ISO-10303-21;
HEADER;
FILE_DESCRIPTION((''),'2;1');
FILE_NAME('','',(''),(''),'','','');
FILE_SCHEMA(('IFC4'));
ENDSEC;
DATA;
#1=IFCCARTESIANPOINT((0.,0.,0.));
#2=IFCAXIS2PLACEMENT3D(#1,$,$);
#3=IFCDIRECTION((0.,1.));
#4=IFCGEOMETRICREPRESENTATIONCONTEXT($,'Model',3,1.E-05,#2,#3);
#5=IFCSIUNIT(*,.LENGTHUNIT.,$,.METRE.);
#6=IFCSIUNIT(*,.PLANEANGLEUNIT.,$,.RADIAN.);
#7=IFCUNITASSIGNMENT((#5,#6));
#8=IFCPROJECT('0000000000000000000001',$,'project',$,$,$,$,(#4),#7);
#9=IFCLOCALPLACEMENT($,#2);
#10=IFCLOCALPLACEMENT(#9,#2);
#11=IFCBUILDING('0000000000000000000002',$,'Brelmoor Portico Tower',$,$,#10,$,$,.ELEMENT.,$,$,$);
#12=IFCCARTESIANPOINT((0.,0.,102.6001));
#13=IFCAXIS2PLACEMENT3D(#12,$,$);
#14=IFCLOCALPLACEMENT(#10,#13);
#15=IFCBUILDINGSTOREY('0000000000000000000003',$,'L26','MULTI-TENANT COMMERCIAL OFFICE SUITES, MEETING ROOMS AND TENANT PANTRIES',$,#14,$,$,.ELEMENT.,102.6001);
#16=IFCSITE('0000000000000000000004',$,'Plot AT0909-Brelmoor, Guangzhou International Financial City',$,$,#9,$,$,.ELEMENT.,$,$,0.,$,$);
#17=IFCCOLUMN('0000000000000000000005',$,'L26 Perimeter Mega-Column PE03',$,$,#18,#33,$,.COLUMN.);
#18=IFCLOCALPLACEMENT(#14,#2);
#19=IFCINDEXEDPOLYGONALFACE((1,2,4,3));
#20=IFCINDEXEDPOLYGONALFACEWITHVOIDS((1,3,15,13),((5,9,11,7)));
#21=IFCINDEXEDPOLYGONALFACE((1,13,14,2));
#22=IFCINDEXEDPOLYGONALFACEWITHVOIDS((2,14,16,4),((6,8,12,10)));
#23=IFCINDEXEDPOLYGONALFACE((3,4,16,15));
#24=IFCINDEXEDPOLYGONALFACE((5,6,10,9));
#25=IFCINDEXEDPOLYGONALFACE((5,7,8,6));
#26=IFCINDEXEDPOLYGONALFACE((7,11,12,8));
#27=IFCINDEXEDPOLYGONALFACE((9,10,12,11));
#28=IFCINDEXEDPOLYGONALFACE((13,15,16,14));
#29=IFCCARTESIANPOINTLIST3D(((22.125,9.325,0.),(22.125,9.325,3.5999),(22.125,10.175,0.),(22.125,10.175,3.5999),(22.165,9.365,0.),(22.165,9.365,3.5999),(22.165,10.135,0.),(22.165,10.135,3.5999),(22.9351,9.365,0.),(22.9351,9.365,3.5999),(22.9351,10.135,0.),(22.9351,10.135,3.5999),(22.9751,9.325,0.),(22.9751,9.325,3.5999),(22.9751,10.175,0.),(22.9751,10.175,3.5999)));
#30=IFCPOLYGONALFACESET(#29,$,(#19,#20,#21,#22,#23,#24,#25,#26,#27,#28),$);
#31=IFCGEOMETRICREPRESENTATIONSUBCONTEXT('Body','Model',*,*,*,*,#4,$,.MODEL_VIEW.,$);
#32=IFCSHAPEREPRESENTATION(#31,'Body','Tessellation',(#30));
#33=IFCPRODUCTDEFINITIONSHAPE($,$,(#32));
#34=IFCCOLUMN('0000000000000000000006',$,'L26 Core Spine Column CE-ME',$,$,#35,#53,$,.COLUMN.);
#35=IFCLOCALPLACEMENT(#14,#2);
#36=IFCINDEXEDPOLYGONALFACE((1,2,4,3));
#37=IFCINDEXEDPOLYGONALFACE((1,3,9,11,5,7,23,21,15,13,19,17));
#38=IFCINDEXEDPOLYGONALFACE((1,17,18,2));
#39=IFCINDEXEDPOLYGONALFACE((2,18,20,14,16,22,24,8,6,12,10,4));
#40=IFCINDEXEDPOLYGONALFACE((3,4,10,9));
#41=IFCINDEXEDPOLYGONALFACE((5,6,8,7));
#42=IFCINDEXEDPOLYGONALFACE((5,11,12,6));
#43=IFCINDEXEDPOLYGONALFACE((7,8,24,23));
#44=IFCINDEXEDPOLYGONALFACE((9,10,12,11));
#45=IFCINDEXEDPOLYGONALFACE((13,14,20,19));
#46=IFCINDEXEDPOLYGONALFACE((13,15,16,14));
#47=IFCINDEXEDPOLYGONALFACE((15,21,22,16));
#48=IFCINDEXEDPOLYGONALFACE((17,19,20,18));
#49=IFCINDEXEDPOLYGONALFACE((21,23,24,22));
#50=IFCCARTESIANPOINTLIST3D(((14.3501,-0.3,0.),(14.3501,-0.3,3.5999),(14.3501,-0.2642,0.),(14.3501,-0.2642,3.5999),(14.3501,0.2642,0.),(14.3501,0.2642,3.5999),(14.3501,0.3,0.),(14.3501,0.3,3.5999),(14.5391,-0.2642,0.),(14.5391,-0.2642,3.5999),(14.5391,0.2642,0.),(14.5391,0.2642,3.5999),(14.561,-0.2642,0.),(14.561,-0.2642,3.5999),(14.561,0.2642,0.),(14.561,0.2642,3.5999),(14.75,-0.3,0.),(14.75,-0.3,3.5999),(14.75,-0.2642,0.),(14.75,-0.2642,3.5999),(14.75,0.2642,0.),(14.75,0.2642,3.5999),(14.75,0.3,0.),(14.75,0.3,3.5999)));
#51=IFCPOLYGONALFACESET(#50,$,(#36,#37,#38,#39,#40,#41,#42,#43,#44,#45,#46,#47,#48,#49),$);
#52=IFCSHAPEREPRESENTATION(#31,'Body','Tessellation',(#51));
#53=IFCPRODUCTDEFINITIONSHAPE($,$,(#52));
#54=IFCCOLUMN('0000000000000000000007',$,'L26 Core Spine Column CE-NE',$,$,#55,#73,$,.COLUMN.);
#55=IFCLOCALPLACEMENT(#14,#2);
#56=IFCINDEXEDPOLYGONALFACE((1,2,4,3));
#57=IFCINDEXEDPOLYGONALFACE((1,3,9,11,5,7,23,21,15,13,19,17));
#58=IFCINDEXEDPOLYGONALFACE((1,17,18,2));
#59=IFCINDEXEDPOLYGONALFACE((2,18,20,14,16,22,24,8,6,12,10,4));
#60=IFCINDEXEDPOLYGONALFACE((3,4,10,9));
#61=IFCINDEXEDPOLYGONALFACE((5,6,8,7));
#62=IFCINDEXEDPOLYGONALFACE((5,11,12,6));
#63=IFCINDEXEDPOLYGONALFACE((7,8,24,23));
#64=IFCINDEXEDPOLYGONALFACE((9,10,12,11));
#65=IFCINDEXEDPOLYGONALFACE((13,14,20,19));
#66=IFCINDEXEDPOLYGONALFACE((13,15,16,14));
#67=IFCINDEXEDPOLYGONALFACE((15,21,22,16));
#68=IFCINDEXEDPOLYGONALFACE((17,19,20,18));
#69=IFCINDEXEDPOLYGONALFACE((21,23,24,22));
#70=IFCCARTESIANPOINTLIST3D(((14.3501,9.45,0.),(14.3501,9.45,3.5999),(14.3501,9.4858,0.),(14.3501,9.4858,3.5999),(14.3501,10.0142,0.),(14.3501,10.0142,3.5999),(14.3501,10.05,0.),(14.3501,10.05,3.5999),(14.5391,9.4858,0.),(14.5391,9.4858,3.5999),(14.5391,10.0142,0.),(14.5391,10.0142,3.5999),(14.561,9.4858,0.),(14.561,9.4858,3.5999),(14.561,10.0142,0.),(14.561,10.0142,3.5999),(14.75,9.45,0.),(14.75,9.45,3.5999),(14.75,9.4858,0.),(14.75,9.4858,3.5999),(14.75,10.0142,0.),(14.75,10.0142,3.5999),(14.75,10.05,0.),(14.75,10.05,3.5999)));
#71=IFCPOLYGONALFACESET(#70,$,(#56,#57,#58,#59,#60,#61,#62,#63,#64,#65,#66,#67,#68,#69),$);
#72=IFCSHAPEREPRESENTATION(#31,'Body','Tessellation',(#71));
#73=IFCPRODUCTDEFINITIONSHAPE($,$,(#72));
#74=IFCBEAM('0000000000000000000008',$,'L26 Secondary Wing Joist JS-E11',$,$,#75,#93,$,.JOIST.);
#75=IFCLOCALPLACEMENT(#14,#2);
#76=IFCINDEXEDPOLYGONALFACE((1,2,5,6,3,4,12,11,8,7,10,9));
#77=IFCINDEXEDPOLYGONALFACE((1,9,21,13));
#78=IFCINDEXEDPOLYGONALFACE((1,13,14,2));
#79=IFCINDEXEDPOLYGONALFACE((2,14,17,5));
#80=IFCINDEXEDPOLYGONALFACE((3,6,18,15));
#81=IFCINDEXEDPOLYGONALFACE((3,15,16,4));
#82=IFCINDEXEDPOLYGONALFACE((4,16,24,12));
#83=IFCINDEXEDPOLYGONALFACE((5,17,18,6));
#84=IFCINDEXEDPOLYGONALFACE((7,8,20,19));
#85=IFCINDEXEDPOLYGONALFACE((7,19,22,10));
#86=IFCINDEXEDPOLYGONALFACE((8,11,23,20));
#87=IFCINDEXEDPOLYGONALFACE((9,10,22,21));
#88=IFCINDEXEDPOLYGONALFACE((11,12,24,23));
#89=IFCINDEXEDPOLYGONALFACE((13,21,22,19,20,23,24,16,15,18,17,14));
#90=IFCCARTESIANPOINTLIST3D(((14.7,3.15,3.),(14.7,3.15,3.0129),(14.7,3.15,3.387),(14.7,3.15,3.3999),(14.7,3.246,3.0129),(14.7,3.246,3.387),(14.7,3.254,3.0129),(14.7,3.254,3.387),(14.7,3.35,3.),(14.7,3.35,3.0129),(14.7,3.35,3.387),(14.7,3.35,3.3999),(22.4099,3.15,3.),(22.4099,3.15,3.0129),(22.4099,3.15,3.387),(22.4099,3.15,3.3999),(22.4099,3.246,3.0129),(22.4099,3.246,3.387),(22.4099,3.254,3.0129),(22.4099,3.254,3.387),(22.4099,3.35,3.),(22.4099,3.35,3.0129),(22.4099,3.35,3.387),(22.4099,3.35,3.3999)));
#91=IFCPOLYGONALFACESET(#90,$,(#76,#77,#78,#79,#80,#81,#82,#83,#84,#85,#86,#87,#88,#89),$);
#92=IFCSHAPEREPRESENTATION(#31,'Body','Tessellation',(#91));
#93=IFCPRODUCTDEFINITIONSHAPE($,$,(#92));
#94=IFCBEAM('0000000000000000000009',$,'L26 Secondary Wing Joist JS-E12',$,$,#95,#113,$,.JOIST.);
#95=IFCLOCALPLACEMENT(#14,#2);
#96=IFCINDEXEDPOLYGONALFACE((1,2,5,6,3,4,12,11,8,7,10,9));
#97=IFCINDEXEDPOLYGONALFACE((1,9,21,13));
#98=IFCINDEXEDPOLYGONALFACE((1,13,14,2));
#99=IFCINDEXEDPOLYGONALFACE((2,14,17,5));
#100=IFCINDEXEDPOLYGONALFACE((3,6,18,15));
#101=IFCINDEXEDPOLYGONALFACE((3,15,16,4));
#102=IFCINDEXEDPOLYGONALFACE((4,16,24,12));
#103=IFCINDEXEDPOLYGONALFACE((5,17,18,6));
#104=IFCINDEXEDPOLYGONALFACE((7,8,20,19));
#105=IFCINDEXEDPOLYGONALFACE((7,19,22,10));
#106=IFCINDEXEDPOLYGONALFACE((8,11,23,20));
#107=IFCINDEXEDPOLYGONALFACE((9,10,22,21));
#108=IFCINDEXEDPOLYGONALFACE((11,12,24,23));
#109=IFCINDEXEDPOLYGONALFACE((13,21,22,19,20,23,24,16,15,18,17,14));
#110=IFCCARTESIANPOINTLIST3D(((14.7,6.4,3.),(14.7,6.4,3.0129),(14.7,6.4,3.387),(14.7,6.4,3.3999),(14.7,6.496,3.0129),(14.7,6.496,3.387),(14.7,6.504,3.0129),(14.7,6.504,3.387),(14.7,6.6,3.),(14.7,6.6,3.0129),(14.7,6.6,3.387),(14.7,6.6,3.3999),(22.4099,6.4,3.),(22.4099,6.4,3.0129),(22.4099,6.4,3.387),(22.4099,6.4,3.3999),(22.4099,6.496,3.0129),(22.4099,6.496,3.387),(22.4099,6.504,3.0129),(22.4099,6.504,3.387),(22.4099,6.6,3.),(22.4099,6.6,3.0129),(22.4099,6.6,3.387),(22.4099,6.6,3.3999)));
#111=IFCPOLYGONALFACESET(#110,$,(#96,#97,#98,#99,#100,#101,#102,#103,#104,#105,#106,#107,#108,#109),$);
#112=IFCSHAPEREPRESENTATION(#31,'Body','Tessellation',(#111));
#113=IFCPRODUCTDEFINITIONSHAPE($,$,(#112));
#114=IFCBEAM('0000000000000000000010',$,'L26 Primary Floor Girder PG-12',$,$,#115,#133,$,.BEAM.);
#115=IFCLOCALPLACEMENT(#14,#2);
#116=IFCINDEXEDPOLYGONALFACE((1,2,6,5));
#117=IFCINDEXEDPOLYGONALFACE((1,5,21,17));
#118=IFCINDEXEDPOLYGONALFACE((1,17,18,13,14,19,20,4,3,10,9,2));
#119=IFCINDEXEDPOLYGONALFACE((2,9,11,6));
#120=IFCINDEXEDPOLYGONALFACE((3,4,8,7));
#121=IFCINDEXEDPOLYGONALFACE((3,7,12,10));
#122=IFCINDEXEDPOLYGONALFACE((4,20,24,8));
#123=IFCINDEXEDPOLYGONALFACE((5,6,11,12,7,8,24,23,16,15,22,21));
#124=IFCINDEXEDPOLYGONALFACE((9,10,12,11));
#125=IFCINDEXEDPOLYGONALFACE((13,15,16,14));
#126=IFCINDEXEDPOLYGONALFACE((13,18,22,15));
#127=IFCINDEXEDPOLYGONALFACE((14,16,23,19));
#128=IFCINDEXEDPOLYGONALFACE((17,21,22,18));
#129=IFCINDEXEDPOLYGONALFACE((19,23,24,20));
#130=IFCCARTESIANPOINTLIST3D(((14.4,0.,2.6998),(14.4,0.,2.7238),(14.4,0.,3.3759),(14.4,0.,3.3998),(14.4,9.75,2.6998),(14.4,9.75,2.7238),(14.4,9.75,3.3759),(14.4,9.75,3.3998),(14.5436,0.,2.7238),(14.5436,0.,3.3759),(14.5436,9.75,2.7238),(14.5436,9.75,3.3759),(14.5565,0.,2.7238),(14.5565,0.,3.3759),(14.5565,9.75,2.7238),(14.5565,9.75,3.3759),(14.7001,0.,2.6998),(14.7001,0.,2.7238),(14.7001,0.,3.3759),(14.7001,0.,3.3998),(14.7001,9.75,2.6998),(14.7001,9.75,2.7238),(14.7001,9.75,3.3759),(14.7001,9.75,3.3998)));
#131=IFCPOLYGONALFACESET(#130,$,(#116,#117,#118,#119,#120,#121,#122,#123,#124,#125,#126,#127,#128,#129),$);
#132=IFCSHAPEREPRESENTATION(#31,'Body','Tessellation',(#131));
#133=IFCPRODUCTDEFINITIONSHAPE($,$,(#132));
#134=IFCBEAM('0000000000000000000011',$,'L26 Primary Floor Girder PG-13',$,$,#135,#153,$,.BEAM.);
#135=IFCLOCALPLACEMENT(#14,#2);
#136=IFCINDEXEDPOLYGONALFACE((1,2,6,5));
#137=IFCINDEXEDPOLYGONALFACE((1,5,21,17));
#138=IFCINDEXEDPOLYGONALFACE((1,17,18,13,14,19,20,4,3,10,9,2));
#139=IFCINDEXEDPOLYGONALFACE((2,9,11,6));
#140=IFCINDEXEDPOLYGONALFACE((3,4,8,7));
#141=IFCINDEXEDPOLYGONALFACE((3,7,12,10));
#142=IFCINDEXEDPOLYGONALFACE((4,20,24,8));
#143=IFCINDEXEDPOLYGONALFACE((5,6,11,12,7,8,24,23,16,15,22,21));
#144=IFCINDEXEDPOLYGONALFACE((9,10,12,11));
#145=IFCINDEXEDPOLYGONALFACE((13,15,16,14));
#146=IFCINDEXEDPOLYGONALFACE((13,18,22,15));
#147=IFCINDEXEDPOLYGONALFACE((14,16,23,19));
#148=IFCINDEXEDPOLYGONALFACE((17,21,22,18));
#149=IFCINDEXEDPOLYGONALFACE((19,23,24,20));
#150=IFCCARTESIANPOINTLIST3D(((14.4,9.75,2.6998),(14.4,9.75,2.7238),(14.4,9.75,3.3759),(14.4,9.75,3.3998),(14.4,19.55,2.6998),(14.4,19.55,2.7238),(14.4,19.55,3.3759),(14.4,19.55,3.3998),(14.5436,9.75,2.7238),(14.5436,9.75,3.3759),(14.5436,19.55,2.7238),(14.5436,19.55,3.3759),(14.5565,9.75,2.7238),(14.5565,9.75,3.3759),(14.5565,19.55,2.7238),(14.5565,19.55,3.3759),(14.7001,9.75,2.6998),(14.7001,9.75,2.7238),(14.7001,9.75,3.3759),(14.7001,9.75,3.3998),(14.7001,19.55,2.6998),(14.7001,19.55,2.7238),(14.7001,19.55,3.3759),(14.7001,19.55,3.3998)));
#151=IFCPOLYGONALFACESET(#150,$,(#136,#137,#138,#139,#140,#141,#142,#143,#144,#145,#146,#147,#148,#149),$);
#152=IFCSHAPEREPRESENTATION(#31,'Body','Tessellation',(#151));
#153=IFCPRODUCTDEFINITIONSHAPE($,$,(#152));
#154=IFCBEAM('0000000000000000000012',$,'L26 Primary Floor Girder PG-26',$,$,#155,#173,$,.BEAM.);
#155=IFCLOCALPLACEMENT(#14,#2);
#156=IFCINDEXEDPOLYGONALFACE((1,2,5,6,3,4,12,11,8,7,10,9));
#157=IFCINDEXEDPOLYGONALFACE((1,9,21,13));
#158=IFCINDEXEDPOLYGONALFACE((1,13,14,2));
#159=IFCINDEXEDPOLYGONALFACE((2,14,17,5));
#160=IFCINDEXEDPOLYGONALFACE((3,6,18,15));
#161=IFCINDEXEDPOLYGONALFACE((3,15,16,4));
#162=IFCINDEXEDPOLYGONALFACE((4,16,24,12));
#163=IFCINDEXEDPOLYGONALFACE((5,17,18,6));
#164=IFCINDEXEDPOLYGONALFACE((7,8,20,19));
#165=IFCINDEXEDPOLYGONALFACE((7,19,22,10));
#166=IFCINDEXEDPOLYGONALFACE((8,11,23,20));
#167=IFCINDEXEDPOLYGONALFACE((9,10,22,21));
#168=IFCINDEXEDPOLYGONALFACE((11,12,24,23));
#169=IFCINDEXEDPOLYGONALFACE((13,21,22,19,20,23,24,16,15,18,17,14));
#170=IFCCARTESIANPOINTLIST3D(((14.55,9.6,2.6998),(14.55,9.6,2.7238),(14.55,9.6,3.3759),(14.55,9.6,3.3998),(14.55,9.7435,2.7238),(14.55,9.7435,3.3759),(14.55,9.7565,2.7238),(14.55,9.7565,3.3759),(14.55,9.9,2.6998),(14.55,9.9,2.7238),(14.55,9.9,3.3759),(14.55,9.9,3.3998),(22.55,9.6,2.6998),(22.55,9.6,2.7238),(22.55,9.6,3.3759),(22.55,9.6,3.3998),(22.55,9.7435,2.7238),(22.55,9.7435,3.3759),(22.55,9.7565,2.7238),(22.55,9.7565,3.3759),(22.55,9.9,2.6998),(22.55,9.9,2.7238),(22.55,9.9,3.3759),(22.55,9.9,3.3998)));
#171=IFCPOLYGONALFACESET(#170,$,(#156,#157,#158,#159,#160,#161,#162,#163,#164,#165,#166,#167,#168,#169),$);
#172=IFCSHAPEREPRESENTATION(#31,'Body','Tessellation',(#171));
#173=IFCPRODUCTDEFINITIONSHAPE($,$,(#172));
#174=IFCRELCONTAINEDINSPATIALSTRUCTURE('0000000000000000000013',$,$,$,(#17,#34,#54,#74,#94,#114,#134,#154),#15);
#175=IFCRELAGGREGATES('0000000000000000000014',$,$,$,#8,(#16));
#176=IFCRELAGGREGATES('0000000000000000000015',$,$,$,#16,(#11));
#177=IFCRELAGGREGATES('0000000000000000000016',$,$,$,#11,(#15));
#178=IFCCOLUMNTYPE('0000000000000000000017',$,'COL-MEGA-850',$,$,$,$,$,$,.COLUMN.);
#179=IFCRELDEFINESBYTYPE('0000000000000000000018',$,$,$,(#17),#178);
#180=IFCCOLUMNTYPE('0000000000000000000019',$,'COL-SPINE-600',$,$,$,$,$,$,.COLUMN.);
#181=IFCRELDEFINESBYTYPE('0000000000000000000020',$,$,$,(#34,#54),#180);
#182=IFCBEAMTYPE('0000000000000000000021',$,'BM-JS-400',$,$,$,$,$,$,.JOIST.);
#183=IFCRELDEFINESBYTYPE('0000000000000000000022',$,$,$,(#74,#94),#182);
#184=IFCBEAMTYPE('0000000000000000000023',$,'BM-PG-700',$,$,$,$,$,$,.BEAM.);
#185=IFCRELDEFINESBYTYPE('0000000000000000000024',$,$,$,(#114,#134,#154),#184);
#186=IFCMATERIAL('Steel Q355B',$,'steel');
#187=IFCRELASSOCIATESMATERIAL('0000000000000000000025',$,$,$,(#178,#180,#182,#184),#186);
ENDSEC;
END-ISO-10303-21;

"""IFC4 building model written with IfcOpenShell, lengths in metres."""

from ifc_helpers import new_model, si_unit, direction, frame, origin, origin_2d, place, context, subcontext, project, spatial, hollow_rectangle, i_section, extrude, material, material_profile, profile_set, type_object, element, save


model = new_model("IFC4")

# Units and contexts
model_context = context("Model", 3, precision=1e-05, world=origin(), true_north=direction((0.0, 1.0)))
body_context = subcontext(model_context, "Body", "Model", "MODEL_VIEW")
ifc_project = project(units=[si_unit("LENGTHUNIT", "METRE"), si_unit("PLANEANGLEUNIT", "RADIAN")], contexts=[model_context])

# Site, building, storey
site_placement = place(None, origin())
site = spatial("IfcSite", under=ifc_project, at=site_placement, Name="Plot AT0909-Brelmoor, Guangzhou International Financial City", CompositionType="ELEMENT", RefElevation=0.0)
building_placement = place(site_placement, origin())
building = spatial("IfcBuilding", under=site, at=building_placement, Name="Brelmoor Portico Tower", CompositionType="ELEMENT")
storey_placement = place(building_placement, frame((0.0, 0.0, 102.6001)))
storey = spatial("IfcBuildingStorey", under=building, at=storey_placement, Name="L26", Description="MULTI-TENANT COMMERCIAL OFFICE SUITES, MEETING ROOMS AND TENANT PANTRIES", CompositionType="ELEMENT", Elevation=102.6001)

# Columns
ifc_material_1 = material(Name="Steel Q355B", Category="steel")
ifc_material_profile_1 = material_profile(ifc_material_1, hollow_rectangle(XDim=0.8501, YDim=0.8501, WallThickness=0.04, at=origin_2d()), Name="BOX 850x850x40")
ifc_profile_set_1 = profile_set([ifc_material_profile_1], Name="Steel Q355B")
column_type_1 = type_object("IfcColumnType", Name="COL-MEGA-850", PredefinedType="COLUMN", material=ifc_profile_set_1)
column_placement = place(storey_placement, frame((22.55, 9.75, 0.0), z_axis=(0.0, 0.0, 1.0), x_axis=(0.0, 1.0, 0.0)))
element("IfcColumn", 1, at=column_placement, inside=storey, type_object=column_type_1, Name="L26 Perimeter Mega-Column PE03", PredefinedType="COLUMN", context=body_context, shape_type="SweptSolid", body=[
    extrude(hollow_rectangle(XDim=0.8501, YDim=0.8501, WallThickness=0.04, at=origin_2d()), origin(), (0.0, 0.0, 1.0), 3.5999),
])
ifc_material_profile_2 = material_profile(ifc_material_1, i_section(OverallWidth=0.3999, OverallDepth=0.6001, WebThickness=0.022, FlangeThickness=0.0359, at=origin_2d()), Name="HW 600x400x22x36")
ifc_profile_set_2 = profile_set([ifc_material_profile_2], Name="Steel Q355B")
column_type_2 = type_object("IfcColumnType", Name="COL-SPINE-600", PredefinedType="COLUMN", material=ifc_profile_set_2)
for number, where, z_axis, x_axis, name in (
    (2, (14.55, 0.0, 0.0), (0.0, 0.0, 1.0), (1.0, 0.0, 0.0), "L26 Core Spine Column CE-ME"),
    (3, (14.55, 9.75, 0.0), (0.0, 0.0, 1.0), (1.0, 0.0, 0.0), "L26 Core Spine Column CE-NE"),
):
    element("IfcColumn", number, at=place(storey_placement, frame(where, z_axis=z_axis, x_axis=x_axis)), inside=storey, type_object=column_type_2, Name=name, PredefinedType="COLUMN", context=body_context, shape_type="SweptSolid", body=[
        extrude(i_section(OverallWidth=0.3999, OverallDepth=0.6001, WebThickness=0.022, FlangeThickness=0.0359, at=origin_2d()), origin(), (0.0, 0.0, 1.0), 3.5999),
    ])

# Beams
ifc_material_profile_3 = material_profile(ifc_material_1, i_section(OverallWidth=0.2, OverallDepth=0.3999, WebThickness=0.0081, FlangeThickness=0.0129, at=origin_2d()), Name="HN 400x200x8x13")
ifc_profile_set_3 = profile_set([ifc_material_profile_3], Name="Steel Q355B")
beam_type_1 = type_object("IfcBeamType", Name="BM-JS-400", PredefinedType="JOIST", material=ifc_profile_set_3)
for number, where, z_axis, x_axis, name in (
    (4, (14.7, 3.25, 3.2), (1.0, 0.0, 0.0), (0.0, 1.0, 0.0), "L26 Secondary Wing Joist JS-E11"),
    (5, (14.7, 6.5, 3.2), (1.0, 0.0, 0.0), (0.0, 1.0, 0.0), "L26 Secondary Wing Joist JS-E12"),
):
    element("IfcBeam", number, at=place(storey_placement, frame(where, z_axis=z_axis, x_axis=x_axis)), inside=storey, type_object=beam_type_1, Name=name, PredefinedType="JOIST", context=body_context, shape_type="SweptSolid", body=[
        extrude(i_section(OverallWidth=0.2, OverallDepth=0.3999, WebThickness=0.0081, FlangeThickness=0.0129, at=origin_2d()), origin(), (0.0, 0.0, 1.0), 7.71),
    ])
ifc_material_profile_4 = material_profile(ifc_material_1, i_section(OverallWidth=0.3, OverallDepth=0.7, WebThickness=0.0129, FlangeThickness=0.0239, at=origin_2d()), Name="HN 700x300x13x24")
ifc_profile_set_4 = profile_set([ifc_material_profile_4], Name="Steel Q355B")
beam_type_2 = type_object("IfcBeamType", Name="BM-PG-700", PredefinedType="BEAM", material=ifc_profile_set_4)
beam_1_placement = place(storey_placement, frame((14.55, 0.0, 3.0498), z_axis=(0.0, 1.0, 0.0), x_axis=(-1.0, 0.0, 0.0)))
element("IfcBeam", 6, at=beam_1_placement, inside=storey, type_object=beam_type_2, Name="L26 Primary Floor Girder PG-12", PredefinedType="BEAM", context=body_context, shape_type="SweptSolid", body=[
    extrude(i_section(OverallWidth=0.3, OverallDepth=0.7, WebThickness=0.0129, FlangeThickness=0.0239, at=origin_2d()), origin(), (0.0, 0.0, 1.0), 9.75),
])
beam_2_placement = place(storey_placement, frame((14.55, 9.75, 3.0498), z_axis=(0.0, 1.0, 0.0), x_axis=(-1.0, 0.0, 0.0)))
element("IfcBeam", 7, at=beam_2_placement, inside=storey, type_object=beam_type_2, Name="L26 Primary Floor Girder PG-13", PredefinedType="BEAM", context=body_context, shape_type="SweptSolid", body=[
    extrude(i_section(OverallWidth=0.3, OverallDepth=0.7, WebThickness=0.0129, FlangeThickness=0.0239, at=origin_2d()), origin(), (0.0, 0.0, 1.0), 9.8),
])
beam_3_placement = place(storey_placement, frame((14.55, 9.75, 3.0498), z_axis=(1.0, 0.0, 0.0), x_axis=(0.0, 1.0, 0.0)))
element("IfcBeam", 8, at=beam_3_placement, inside=storey, type_object=beam_type_2, Name="L26 Primary Floor Girder PG-26", PredefinedType="BEAM", context=body_context, shape_type="SweptSolid", body=[
    extrude(i_section(OverallWidth=0.3, OverallDepth=0.7, WebThickness=0.0129, FlangeThickness=0.0239, at=origin_2d()), origin(), (0.0, 0.0, 1.0), 8.0),
])

save(model, "model.ifc")
